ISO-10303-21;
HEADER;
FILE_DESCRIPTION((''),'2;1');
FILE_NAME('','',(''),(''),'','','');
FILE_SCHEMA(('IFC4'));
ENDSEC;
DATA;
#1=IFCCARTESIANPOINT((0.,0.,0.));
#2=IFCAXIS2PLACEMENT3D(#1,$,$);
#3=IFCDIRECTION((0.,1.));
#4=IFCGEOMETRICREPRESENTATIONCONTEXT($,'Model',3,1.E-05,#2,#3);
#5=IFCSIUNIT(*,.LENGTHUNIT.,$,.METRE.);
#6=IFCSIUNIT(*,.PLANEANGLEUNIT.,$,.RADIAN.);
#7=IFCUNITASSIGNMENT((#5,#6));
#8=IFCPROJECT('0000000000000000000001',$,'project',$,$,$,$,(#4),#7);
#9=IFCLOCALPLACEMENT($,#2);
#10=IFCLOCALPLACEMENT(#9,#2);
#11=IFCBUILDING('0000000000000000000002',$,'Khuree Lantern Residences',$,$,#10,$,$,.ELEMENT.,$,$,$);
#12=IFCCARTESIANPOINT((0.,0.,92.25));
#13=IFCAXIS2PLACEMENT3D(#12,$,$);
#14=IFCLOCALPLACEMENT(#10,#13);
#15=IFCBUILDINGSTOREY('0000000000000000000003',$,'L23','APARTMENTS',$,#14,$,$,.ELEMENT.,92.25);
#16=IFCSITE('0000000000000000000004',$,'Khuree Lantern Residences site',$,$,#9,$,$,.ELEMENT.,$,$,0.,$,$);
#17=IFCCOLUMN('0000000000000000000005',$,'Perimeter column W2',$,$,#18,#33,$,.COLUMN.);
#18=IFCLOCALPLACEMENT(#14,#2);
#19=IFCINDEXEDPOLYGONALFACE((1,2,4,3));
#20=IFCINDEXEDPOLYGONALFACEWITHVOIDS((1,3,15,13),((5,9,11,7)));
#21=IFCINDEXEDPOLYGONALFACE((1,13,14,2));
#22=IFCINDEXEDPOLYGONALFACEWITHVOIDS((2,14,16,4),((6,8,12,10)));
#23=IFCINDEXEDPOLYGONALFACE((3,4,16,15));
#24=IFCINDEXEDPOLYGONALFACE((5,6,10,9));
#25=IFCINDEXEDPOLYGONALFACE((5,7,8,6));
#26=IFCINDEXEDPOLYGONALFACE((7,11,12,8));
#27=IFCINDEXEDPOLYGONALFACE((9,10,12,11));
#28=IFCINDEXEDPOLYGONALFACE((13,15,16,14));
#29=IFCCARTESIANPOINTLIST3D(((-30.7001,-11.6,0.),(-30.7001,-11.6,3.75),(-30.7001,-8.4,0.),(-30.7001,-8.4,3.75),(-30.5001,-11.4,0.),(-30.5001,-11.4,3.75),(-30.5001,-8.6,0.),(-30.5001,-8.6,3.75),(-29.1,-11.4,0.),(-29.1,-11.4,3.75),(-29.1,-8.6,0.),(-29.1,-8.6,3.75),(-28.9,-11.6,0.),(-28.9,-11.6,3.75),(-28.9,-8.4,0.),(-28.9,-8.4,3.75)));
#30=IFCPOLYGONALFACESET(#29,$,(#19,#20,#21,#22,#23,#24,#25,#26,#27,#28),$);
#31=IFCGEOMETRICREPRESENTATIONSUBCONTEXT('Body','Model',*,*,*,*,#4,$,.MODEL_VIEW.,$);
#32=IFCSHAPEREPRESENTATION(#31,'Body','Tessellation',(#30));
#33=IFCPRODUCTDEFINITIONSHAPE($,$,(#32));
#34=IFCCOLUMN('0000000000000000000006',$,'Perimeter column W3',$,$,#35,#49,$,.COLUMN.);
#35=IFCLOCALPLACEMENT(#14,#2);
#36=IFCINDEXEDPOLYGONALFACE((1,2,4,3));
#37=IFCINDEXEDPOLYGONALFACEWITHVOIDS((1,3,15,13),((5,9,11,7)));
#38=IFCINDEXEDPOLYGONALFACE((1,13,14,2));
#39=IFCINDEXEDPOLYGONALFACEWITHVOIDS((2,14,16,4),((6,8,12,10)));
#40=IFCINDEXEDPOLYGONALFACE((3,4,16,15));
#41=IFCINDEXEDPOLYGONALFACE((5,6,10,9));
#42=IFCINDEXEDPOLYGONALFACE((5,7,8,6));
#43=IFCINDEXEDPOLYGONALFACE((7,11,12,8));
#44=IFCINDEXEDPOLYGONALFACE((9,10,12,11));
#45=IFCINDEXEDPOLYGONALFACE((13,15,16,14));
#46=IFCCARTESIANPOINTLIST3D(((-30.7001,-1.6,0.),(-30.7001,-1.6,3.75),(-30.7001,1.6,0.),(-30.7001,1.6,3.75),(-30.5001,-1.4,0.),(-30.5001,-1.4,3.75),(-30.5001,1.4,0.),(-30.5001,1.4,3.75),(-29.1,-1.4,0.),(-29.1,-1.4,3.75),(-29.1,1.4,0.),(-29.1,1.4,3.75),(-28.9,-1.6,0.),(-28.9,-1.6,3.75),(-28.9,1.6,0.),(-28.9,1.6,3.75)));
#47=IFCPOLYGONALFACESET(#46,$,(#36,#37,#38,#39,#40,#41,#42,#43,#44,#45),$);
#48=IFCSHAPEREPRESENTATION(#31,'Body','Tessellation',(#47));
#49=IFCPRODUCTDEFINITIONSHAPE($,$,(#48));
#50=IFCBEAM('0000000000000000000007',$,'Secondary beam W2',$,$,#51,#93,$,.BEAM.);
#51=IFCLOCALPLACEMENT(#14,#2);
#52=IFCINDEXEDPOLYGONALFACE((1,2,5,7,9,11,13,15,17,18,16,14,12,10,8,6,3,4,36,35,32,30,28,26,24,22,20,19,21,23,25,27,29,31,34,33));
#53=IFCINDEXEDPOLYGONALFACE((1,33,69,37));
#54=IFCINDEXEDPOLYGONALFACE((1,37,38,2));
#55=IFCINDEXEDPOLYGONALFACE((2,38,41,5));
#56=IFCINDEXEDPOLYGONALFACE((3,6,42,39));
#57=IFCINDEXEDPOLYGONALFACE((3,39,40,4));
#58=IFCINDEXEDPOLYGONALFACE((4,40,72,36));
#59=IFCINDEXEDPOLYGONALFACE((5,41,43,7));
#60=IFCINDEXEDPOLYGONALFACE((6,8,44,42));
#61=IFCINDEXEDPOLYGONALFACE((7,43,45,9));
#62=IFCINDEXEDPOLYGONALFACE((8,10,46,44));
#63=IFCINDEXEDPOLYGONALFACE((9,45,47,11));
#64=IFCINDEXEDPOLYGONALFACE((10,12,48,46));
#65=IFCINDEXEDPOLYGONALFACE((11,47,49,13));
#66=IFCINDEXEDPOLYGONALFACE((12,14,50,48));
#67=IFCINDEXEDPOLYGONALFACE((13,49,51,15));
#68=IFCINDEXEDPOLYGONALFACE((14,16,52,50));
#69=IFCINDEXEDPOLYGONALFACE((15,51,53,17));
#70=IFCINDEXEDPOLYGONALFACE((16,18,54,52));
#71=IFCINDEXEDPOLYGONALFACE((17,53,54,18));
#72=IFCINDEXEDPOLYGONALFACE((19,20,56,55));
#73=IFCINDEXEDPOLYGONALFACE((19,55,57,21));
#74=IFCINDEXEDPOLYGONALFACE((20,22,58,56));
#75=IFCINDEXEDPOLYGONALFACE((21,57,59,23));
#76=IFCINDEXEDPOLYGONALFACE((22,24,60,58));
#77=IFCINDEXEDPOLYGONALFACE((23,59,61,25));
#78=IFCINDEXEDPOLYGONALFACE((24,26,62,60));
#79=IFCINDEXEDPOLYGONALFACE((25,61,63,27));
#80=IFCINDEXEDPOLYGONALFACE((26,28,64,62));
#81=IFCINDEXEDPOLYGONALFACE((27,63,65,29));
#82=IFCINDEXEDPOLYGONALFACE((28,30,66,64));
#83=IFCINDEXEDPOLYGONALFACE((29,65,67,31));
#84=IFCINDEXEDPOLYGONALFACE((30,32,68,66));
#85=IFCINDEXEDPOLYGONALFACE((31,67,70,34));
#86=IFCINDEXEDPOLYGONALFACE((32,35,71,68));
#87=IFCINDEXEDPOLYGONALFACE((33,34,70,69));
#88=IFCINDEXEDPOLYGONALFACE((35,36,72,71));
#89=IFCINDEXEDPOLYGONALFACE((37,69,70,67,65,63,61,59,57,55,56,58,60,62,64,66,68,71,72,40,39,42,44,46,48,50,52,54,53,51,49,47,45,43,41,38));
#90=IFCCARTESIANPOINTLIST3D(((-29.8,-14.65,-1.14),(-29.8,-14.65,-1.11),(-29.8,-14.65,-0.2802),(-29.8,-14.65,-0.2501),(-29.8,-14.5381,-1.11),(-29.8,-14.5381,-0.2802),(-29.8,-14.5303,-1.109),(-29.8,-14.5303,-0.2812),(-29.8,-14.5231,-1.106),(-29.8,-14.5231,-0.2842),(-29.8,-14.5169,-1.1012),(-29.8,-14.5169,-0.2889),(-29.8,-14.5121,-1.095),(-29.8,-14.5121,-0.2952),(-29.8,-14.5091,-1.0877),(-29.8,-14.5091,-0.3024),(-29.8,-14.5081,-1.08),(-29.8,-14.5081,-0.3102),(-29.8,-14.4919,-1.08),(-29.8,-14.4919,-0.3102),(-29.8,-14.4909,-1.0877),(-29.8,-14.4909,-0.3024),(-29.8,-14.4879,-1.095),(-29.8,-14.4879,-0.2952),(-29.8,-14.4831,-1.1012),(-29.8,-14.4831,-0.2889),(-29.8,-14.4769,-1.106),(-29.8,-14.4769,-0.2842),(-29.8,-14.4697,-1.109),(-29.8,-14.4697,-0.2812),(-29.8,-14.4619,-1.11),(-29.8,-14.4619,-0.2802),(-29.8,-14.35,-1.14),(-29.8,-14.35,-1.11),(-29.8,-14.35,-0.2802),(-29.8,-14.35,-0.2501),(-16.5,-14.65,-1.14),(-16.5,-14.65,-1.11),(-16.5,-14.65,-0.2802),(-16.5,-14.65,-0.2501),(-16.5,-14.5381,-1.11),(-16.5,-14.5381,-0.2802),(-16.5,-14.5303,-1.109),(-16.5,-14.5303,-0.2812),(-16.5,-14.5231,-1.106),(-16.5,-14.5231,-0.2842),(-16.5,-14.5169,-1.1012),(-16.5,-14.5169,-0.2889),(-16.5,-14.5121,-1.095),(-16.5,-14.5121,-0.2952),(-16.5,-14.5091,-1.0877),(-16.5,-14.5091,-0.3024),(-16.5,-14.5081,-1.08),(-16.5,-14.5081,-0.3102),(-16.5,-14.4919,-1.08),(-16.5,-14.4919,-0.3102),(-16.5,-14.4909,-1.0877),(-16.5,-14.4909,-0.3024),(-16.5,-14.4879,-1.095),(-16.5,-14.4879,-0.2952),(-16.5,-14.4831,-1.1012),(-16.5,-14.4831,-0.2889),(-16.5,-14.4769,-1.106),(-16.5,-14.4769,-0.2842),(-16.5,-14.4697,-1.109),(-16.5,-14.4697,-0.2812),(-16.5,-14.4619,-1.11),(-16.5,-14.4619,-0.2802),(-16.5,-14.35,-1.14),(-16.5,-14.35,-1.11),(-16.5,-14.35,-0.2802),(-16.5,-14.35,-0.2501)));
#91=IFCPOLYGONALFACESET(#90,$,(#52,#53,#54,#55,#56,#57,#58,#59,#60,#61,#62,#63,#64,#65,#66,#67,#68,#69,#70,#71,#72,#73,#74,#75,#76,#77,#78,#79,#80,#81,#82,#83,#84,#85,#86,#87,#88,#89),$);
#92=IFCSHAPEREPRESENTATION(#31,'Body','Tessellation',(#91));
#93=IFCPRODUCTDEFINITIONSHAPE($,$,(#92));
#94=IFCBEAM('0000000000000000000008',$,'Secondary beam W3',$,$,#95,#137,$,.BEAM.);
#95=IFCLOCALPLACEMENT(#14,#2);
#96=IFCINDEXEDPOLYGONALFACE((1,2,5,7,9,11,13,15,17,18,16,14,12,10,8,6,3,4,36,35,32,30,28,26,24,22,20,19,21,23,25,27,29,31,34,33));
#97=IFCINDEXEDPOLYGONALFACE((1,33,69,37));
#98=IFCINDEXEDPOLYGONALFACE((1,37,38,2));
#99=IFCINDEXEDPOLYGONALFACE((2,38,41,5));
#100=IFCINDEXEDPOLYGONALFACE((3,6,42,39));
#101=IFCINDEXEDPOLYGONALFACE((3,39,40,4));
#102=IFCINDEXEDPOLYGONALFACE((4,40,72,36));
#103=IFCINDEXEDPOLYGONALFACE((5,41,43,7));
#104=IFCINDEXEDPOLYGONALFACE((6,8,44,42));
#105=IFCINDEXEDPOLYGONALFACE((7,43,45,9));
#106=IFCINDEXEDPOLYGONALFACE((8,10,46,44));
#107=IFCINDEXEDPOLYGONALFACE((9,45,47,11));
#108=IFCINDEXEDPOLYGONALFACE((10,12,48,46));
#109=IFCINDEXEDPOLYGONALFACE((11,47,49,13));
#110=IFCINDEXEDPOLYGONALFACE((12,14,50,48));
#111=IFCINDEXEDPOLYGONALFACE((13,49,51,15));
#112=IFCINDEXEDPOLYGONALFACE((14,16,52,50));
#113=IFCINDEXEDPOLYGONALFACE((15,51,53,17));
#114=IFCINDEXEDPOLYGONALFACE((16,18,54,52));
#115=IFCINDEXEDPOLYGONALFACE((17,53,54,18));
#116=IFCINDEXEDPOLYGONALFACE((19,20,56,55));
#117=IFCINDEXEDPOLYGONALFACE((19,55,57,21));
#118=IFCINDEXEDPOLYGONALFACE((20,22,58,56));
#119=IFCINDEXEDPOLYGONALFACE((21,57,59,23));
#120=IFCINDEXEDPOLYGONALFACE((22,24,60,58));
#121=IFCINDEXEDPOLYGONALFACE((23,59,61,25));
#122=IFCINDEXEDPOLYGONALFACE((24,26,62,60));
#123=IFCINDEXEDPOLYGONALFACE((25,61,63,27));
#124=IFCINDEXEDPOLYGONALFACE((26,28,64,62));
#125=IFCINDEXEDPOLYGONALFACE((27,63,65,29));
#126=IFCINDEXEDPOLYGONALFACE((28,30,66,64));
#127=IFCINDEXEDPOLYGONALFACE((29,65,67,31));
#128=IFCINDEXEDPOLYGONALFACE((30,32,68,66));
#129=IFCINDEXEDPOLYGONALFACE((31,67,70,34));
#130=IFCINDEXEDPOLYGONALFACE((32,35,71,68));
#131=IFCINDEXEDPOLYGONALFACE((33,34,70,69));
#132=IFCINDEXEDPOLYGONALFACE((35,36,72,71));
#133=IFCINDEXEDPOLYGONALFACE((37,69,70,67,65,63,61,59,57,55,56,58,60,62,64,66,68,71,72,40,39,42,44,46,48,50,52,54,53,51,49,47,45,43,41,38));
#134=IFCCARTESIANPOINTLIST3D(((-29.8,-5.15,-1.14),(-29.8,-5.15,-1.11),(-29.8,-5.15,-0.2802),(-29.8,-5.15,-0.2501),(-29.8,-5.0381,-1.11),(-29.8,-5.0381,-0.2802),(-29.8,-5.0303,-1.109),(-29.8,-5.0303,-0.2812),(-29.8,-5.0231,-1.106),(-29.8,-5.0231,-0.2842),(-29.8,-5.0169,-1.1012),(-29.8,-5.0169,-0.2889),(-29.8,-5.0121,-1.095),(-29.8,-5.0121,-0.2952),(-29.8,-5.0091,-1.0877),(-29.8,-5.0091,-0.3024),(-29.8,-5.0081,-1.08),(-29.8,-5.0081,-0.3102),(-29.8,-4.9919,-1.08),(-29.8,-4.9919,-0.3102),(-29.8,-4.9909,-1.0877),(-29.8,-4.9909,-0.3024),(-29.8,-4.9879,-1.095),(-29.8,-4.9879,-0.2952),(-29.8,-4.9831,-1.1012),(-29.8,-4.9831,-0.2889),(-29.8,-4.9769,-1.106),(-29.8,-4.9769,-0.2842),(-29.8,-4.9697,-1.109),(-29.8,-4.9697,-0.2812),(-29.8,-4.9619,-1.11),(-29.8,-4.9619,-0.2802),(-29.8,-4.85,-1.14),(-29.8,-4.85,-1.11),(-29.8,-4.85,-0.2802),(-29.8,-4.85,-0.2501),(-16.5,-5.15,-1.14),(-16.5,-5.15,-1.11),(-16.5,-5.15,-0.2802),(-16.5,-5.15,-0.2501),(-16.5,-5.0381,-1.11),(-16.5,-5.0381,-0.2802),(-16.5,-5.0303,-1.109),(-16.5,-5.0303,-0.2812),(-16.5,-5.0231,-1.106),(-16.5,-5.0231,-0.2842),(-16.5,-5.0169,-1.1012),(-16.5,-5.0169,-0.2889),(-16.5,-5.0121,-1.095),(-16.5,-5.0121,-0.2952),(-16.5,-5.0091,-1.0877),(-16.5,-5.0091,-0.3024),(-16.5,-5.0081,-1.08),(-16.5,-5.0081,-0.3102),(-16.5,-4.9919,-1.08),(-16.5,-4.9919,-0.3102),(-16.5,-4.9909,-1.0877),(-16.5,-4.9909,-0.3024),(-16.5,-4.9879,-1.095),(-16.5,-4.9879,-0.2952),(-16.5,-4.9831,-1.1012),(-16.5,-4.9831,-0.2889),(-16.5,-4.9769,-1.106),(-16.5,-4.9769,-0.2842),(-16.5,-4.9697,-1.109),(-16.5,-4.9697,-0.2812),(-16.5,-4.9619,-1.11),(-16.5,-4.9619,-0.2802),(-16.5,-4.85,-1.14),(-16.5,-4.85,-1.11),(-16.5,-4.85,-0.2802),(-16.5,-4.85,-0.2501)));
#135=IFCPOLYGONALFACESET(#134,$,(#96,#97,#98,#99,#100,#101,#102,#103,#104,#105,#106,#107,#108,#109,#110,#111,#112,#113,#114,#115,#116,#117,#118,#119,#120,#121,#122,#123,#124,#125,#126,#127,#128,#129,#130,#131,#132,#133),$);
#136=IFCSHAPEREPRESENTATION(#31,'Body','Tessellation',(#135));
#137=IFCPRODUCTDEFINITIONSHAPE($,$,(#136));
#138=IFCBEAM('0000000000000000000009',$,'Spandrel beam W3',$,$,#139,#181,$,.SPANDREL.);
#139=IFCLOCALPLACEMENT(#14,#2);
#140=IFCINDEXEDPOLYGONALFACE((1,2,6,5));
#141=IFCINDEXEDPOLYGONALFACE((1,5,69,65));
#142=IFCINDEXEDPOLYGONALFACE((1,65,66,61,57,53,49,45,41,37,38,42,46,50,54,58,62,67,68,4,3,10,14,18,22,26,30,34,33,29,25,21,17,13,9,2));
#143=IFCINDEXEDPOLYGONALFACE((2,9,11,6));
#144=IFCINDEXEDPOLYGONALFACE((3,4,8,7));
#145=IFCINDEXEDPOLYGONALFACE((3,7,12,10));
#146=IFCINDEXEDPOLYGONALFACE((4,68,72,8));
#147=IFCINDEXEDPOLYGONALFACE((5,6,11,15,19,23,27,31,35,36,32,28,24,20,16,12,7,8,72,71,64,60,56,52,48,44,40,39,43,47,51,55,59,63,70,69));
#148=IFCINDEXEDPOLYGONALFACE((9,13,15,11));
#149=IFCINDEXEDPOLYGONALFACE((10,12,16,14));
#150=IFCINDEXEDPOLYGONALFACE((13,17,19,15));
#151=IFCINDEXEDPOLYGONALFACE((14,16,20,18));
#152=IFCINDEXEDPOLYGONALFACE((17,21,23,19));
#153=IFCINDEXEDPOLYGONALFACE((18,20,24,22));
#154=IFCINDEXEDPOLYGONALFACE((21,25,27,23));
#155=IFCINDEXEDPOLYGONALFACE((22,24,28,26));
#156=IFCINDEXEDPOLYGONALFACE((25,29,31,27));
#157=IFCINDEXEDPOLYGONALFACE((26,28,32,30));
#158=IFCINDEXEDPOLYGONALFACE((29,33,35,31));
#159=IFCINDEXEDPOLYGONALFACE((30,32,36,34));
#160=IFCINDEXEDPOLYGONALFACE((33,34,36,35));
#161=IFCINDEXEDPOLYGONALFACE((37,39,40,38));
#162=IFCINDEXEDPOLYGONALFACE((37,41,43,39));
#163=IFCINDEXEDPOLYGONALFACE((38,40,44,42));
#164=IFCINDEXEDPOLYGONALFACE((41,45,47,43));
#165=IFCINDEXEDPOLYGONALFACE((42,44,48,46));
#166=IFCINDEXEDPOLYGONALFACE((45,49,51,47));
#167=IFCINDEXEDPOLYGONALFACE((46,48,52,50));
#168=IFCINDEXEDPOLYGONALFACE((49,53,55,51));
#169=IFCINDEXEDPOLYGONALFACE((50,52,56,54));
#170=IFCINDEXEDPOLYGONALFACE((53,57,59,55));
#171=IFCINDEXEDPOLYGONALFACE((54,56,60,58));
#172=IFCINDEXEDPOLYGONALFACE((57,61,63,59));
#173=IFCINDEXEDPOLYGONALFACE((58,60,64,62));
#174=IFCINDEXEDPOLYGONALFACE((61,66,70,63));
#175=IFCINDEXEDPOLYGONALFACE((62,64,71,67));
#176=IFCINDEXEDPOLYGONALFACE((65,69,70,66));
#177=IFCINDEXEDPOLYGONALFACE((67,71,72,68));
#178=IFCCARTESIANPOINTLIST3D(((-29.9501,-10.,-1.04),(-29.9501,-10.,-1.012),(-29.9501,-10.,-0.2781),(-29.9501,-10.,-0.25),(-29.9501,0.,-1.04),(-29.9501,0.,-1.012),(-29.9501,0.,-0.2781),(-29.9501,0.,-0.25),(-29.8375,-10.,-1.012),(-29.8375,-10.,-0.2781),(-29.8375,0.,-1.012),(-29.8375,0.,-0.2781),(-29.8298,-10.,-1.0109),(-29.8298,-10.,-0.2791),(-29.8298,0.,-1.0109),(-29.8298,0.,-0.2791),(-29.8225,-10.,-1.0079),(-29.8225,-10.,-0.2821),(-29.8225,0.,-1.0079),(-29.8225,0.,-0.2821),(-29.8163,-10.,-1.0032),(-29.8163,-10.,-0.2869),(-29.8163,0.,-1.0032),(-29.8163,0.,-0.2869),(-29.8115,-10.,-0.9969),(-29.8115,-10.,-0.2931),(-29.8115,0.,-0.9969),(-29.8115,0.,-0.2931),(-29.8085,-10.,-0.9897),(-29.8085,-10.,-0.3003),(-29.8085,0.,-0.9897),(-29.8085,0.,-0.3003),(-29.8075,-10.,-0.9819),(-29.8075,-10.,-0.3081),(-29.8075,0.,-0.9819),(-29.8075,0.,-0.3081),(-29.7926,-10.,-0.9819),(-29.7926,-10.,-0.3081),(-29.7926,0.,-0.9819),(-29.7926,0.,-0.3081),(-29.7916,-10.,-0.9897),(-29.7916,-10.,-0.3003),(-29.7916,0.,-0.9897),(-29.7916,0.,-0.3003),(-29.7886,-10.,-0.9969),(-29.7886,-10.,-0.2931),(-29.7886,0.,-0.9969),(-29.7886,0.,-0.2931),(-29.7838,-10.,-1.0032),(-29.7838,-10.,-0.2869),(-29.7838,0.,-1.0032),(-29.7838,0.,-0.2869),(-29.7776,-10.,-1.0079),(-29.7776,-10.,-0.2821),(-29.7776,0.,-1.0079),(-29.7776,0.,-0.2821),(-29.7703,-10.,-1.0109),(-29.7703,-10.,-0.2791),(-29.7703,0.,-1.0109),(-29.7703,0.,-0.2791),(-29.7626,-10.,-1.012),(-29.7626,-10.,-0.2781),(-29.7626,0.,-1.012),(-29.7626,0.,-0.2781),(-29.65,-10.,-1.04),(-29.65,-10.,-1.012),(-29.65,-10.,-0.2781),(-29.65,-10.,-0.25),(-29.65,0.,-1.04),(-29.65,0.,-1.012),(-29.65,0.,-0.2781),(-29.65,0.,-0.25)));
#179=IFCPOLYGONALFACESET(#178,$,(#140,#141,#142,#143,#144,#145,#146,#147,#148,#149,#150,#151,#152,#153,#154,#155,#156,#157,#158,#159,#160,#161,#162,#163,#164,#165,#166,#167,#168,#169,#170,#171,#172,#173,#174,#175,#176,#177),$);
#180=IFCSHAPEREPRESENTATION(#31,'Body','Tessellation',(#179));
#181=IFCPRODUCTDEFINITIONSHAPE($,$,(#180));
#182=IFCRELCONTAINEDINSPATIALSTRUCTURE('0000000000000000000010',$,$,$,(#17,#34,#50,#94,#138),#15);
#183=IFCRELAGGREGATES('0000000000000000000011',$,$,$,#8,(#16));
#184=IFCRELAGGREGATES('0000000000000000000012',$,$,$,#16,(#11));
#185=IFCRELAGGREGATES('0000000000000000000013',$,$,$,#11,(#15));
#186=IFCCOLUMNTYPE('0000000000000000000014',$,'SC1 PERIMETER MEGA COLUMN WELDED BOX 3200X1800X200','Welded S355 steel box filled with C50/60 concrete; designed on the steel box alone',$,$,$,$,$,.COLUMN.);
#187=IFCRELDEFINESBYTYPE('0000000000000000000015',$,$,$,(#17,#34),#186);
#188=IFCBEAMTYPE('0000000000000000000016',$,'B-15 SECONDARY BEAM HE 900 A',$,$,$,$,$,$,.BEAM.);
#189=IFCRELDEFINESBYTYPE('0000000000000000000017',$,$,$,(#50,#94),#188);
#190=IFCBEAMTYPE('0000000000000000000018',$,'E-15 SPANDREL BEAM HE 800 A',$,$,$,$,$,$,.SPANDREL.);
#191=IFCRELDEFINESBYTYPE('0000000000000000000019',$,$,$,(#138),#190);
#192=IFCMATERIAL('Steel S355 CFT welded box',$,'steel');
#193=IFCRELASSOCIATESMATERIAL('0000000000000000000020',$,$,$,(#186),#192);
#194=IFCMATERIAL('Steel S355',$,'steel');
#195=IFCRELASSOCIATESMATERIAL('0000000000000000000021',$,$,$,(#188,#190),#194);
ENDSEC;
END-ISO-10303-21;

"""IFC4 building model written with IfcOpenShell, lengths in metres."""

from ifc_helpers import new_model, si_unit, direction, frame, origin, origin_2d, place, context, subcontext, project, spatial, hollow_rectangle, i_section, extrude, material, material_profile, profile_set, type_object, element, save


model = new_model("IFC4")

# Units and contexts
model_context = context("Model", 3, precision=1e-05, world=origin(), true_north=direction((0.0, 1.0)))
body_context = subcontext(model_context, "Body", "Model", "MODEL_VIEW")
ifc_project = project(units=[si_unit("LENGTHUNIT", "METRE"), si_unit("PLANEANGLEUNIT", "RADIAN")], contexts=[model_context])

# Site, building, storey
site_placement = place(None, origin())
site = spatial("IfcSite", under=ifc_project, at=site_placement, Name="Khuree Lantern Residences site", CompositionType="ELEMENT", RefElevation=0.0)
building_placement = place(site_placement, origin())
building = spatial("IfcBuilding", under=site, at=building_placement, Name="Khuree Lantern Residences", CompositionType="ELEMENT")
storey_placement = place(building_placement, frame((0.0, 0.0, 92.25)))
storey = spatial("IfcBuildingStorey", under=building, at=storey_placement, Name="L23", Description="APARTMENTS", CompositionType="ELEMENT", Elevation=92.25)

# Columns
ifc_material_1 = material(Name="Steel S355 CFT welded box", Category="steel")
ifc_material_profile_1 = material_profile(ifc_material_1, hollow_rectangle(XDim=3.2, YDim=1.8, WallThickness=0.2, at=origin_2d()), Name="WELDED BOX 3200X1800X200")
ifc_profile_set_1 = profile_set([ifc_material_profile_1], Name="Steel S355 CFT welded box")
column_type = type_object("IfcColumnType", Name="SC1 PERIMETER MEGA COLUMN WELDED BOX 3200X1800X200", Description="Welded S355 steel box filled with C50/60 concrete; designed on the steel box alone", PredefinedType="COLUMN", material=ifc_profile_set_1)
for number, where, z_axis, x_axis, name in (
    (1, (-29.8, -10.0, 0.0), (0.0, 0.0, 1.0), (0.0, 1.0, 0.0), "Perimeter column W2"),
    (2, (-29.8, 0.0, 0.0), (0.0, 0.0, 1.0), (0.0, 1.0, 0.0), "Perimeter column W3"),
):
    element("IfcColumn", number, at=place(storey_placement, frame(where, z_axis=z_axis, x_axis=x_axis)), inside=storey, type_object=column_type, Name=name, PredefinedType="COLUMN", context=body_context, shape_type="SweptSolid", body=[
        extrude(hollow_rectangle(XDim=3.2, YDim=1.8, WallThickness=0.2, at=origin_2d()), origin(), (0.0, 0.0, 1.0), 3.75),
    ])

# Beams
ifc_material_2 = material(Name="Steel S355", Category="steel")
ifc_material_profile_2 = material_profile(ifc_material_2, i_section(OverallWidth=0.3, OverallDepth=0.8899, WebThickness=0.0161, FlangeThickness=0.03, FilletRadius=0.03, at=origin_2d()), Name="HE 900 A")
ifc_profile_set_2 = profile_set([ifc_material_profile_2], Name="Steel S355")
beam_type_1 = type_object("IfcBeamType", Name="B-15 SECONDARY BEAM HE 900 A", PredefinedType="BEAM", material=ifc_profile_set_2)
for number, where, z_axis, x_axis, name in (
    (3, (-29.8, -14.5, -0.6951), (1.0, 0.0, 0.0), (0.0, 1.0, 0.0), "Secondary beam W2"),
    (4, (-29.8, -5.0, -0.6951), (1.0, 0.0, 0.0), (0.0, 1.0, 0.0), "Secondary beam W3"),
):
    element("IfcBeam", number, at=place(storey_placement, frame(where, z_axis=z_axis, x_axis=x_axis)), inside=storey, type_object=beam_type_1, Name=name, PredefinedType="BEAM", context=body_context, shape_type="SweptSolid", body=[
        extrude(i_section(OverallWidth=0.3, OverallDepth=0.8899, WebThickness=0.0161, FlangeThickness=0.03, FilletRadius=0.03, at=origin_2d()), origin(), (0.0, 0.0, 1.0), 13.3),
    ])
ifc_material_profile_3 = material_profile(ifc_material_2, i_section(OverallWidth=0.3, OverallDepth=0.79, WebThickness=0.0149, FlangeThickness=0.0281, FilletRadius=0.03, at=origin_2d()), Name="HE 800 A")
ifc_profile_set_3 = profile_set([ifc_material_profile_3], Name="Steel S355")
beam_type_2 = type_object("IfcBeamType", Name="E-15 SPANDREL BEAM HE 800 A", PredefinedType="SPANDREL", material=ifc_profile_set_3)
for number, where, z_axis, x_axis, name in (
    (5, (-29.8, -10.0, -0.645), (0.0, 1.0, 0.0), (-1.0, 0.0, 0.0), "Spandrel beam W3"),
):
    element("IfcBeam", number, at=place(storey_placement, frame(where, z_axis=z_axis, x_axis=x_axis)), inside=storey, type_object=beam_type_2, Name=name, PredefinedType="SPANDREL", context=body_context, shape_type="SweptSolid", body=[
        extrude(i_section(OverallWidth=0.3, OverallDepth=0.79, WebThickness=0.0149, FlangeThickness=0.0281, FilletRadius=0.03, at=origin_2d()), origin(), (0.0, 0.0, 1.0), 10.0),
    ])

save(model, "model.ifc")
